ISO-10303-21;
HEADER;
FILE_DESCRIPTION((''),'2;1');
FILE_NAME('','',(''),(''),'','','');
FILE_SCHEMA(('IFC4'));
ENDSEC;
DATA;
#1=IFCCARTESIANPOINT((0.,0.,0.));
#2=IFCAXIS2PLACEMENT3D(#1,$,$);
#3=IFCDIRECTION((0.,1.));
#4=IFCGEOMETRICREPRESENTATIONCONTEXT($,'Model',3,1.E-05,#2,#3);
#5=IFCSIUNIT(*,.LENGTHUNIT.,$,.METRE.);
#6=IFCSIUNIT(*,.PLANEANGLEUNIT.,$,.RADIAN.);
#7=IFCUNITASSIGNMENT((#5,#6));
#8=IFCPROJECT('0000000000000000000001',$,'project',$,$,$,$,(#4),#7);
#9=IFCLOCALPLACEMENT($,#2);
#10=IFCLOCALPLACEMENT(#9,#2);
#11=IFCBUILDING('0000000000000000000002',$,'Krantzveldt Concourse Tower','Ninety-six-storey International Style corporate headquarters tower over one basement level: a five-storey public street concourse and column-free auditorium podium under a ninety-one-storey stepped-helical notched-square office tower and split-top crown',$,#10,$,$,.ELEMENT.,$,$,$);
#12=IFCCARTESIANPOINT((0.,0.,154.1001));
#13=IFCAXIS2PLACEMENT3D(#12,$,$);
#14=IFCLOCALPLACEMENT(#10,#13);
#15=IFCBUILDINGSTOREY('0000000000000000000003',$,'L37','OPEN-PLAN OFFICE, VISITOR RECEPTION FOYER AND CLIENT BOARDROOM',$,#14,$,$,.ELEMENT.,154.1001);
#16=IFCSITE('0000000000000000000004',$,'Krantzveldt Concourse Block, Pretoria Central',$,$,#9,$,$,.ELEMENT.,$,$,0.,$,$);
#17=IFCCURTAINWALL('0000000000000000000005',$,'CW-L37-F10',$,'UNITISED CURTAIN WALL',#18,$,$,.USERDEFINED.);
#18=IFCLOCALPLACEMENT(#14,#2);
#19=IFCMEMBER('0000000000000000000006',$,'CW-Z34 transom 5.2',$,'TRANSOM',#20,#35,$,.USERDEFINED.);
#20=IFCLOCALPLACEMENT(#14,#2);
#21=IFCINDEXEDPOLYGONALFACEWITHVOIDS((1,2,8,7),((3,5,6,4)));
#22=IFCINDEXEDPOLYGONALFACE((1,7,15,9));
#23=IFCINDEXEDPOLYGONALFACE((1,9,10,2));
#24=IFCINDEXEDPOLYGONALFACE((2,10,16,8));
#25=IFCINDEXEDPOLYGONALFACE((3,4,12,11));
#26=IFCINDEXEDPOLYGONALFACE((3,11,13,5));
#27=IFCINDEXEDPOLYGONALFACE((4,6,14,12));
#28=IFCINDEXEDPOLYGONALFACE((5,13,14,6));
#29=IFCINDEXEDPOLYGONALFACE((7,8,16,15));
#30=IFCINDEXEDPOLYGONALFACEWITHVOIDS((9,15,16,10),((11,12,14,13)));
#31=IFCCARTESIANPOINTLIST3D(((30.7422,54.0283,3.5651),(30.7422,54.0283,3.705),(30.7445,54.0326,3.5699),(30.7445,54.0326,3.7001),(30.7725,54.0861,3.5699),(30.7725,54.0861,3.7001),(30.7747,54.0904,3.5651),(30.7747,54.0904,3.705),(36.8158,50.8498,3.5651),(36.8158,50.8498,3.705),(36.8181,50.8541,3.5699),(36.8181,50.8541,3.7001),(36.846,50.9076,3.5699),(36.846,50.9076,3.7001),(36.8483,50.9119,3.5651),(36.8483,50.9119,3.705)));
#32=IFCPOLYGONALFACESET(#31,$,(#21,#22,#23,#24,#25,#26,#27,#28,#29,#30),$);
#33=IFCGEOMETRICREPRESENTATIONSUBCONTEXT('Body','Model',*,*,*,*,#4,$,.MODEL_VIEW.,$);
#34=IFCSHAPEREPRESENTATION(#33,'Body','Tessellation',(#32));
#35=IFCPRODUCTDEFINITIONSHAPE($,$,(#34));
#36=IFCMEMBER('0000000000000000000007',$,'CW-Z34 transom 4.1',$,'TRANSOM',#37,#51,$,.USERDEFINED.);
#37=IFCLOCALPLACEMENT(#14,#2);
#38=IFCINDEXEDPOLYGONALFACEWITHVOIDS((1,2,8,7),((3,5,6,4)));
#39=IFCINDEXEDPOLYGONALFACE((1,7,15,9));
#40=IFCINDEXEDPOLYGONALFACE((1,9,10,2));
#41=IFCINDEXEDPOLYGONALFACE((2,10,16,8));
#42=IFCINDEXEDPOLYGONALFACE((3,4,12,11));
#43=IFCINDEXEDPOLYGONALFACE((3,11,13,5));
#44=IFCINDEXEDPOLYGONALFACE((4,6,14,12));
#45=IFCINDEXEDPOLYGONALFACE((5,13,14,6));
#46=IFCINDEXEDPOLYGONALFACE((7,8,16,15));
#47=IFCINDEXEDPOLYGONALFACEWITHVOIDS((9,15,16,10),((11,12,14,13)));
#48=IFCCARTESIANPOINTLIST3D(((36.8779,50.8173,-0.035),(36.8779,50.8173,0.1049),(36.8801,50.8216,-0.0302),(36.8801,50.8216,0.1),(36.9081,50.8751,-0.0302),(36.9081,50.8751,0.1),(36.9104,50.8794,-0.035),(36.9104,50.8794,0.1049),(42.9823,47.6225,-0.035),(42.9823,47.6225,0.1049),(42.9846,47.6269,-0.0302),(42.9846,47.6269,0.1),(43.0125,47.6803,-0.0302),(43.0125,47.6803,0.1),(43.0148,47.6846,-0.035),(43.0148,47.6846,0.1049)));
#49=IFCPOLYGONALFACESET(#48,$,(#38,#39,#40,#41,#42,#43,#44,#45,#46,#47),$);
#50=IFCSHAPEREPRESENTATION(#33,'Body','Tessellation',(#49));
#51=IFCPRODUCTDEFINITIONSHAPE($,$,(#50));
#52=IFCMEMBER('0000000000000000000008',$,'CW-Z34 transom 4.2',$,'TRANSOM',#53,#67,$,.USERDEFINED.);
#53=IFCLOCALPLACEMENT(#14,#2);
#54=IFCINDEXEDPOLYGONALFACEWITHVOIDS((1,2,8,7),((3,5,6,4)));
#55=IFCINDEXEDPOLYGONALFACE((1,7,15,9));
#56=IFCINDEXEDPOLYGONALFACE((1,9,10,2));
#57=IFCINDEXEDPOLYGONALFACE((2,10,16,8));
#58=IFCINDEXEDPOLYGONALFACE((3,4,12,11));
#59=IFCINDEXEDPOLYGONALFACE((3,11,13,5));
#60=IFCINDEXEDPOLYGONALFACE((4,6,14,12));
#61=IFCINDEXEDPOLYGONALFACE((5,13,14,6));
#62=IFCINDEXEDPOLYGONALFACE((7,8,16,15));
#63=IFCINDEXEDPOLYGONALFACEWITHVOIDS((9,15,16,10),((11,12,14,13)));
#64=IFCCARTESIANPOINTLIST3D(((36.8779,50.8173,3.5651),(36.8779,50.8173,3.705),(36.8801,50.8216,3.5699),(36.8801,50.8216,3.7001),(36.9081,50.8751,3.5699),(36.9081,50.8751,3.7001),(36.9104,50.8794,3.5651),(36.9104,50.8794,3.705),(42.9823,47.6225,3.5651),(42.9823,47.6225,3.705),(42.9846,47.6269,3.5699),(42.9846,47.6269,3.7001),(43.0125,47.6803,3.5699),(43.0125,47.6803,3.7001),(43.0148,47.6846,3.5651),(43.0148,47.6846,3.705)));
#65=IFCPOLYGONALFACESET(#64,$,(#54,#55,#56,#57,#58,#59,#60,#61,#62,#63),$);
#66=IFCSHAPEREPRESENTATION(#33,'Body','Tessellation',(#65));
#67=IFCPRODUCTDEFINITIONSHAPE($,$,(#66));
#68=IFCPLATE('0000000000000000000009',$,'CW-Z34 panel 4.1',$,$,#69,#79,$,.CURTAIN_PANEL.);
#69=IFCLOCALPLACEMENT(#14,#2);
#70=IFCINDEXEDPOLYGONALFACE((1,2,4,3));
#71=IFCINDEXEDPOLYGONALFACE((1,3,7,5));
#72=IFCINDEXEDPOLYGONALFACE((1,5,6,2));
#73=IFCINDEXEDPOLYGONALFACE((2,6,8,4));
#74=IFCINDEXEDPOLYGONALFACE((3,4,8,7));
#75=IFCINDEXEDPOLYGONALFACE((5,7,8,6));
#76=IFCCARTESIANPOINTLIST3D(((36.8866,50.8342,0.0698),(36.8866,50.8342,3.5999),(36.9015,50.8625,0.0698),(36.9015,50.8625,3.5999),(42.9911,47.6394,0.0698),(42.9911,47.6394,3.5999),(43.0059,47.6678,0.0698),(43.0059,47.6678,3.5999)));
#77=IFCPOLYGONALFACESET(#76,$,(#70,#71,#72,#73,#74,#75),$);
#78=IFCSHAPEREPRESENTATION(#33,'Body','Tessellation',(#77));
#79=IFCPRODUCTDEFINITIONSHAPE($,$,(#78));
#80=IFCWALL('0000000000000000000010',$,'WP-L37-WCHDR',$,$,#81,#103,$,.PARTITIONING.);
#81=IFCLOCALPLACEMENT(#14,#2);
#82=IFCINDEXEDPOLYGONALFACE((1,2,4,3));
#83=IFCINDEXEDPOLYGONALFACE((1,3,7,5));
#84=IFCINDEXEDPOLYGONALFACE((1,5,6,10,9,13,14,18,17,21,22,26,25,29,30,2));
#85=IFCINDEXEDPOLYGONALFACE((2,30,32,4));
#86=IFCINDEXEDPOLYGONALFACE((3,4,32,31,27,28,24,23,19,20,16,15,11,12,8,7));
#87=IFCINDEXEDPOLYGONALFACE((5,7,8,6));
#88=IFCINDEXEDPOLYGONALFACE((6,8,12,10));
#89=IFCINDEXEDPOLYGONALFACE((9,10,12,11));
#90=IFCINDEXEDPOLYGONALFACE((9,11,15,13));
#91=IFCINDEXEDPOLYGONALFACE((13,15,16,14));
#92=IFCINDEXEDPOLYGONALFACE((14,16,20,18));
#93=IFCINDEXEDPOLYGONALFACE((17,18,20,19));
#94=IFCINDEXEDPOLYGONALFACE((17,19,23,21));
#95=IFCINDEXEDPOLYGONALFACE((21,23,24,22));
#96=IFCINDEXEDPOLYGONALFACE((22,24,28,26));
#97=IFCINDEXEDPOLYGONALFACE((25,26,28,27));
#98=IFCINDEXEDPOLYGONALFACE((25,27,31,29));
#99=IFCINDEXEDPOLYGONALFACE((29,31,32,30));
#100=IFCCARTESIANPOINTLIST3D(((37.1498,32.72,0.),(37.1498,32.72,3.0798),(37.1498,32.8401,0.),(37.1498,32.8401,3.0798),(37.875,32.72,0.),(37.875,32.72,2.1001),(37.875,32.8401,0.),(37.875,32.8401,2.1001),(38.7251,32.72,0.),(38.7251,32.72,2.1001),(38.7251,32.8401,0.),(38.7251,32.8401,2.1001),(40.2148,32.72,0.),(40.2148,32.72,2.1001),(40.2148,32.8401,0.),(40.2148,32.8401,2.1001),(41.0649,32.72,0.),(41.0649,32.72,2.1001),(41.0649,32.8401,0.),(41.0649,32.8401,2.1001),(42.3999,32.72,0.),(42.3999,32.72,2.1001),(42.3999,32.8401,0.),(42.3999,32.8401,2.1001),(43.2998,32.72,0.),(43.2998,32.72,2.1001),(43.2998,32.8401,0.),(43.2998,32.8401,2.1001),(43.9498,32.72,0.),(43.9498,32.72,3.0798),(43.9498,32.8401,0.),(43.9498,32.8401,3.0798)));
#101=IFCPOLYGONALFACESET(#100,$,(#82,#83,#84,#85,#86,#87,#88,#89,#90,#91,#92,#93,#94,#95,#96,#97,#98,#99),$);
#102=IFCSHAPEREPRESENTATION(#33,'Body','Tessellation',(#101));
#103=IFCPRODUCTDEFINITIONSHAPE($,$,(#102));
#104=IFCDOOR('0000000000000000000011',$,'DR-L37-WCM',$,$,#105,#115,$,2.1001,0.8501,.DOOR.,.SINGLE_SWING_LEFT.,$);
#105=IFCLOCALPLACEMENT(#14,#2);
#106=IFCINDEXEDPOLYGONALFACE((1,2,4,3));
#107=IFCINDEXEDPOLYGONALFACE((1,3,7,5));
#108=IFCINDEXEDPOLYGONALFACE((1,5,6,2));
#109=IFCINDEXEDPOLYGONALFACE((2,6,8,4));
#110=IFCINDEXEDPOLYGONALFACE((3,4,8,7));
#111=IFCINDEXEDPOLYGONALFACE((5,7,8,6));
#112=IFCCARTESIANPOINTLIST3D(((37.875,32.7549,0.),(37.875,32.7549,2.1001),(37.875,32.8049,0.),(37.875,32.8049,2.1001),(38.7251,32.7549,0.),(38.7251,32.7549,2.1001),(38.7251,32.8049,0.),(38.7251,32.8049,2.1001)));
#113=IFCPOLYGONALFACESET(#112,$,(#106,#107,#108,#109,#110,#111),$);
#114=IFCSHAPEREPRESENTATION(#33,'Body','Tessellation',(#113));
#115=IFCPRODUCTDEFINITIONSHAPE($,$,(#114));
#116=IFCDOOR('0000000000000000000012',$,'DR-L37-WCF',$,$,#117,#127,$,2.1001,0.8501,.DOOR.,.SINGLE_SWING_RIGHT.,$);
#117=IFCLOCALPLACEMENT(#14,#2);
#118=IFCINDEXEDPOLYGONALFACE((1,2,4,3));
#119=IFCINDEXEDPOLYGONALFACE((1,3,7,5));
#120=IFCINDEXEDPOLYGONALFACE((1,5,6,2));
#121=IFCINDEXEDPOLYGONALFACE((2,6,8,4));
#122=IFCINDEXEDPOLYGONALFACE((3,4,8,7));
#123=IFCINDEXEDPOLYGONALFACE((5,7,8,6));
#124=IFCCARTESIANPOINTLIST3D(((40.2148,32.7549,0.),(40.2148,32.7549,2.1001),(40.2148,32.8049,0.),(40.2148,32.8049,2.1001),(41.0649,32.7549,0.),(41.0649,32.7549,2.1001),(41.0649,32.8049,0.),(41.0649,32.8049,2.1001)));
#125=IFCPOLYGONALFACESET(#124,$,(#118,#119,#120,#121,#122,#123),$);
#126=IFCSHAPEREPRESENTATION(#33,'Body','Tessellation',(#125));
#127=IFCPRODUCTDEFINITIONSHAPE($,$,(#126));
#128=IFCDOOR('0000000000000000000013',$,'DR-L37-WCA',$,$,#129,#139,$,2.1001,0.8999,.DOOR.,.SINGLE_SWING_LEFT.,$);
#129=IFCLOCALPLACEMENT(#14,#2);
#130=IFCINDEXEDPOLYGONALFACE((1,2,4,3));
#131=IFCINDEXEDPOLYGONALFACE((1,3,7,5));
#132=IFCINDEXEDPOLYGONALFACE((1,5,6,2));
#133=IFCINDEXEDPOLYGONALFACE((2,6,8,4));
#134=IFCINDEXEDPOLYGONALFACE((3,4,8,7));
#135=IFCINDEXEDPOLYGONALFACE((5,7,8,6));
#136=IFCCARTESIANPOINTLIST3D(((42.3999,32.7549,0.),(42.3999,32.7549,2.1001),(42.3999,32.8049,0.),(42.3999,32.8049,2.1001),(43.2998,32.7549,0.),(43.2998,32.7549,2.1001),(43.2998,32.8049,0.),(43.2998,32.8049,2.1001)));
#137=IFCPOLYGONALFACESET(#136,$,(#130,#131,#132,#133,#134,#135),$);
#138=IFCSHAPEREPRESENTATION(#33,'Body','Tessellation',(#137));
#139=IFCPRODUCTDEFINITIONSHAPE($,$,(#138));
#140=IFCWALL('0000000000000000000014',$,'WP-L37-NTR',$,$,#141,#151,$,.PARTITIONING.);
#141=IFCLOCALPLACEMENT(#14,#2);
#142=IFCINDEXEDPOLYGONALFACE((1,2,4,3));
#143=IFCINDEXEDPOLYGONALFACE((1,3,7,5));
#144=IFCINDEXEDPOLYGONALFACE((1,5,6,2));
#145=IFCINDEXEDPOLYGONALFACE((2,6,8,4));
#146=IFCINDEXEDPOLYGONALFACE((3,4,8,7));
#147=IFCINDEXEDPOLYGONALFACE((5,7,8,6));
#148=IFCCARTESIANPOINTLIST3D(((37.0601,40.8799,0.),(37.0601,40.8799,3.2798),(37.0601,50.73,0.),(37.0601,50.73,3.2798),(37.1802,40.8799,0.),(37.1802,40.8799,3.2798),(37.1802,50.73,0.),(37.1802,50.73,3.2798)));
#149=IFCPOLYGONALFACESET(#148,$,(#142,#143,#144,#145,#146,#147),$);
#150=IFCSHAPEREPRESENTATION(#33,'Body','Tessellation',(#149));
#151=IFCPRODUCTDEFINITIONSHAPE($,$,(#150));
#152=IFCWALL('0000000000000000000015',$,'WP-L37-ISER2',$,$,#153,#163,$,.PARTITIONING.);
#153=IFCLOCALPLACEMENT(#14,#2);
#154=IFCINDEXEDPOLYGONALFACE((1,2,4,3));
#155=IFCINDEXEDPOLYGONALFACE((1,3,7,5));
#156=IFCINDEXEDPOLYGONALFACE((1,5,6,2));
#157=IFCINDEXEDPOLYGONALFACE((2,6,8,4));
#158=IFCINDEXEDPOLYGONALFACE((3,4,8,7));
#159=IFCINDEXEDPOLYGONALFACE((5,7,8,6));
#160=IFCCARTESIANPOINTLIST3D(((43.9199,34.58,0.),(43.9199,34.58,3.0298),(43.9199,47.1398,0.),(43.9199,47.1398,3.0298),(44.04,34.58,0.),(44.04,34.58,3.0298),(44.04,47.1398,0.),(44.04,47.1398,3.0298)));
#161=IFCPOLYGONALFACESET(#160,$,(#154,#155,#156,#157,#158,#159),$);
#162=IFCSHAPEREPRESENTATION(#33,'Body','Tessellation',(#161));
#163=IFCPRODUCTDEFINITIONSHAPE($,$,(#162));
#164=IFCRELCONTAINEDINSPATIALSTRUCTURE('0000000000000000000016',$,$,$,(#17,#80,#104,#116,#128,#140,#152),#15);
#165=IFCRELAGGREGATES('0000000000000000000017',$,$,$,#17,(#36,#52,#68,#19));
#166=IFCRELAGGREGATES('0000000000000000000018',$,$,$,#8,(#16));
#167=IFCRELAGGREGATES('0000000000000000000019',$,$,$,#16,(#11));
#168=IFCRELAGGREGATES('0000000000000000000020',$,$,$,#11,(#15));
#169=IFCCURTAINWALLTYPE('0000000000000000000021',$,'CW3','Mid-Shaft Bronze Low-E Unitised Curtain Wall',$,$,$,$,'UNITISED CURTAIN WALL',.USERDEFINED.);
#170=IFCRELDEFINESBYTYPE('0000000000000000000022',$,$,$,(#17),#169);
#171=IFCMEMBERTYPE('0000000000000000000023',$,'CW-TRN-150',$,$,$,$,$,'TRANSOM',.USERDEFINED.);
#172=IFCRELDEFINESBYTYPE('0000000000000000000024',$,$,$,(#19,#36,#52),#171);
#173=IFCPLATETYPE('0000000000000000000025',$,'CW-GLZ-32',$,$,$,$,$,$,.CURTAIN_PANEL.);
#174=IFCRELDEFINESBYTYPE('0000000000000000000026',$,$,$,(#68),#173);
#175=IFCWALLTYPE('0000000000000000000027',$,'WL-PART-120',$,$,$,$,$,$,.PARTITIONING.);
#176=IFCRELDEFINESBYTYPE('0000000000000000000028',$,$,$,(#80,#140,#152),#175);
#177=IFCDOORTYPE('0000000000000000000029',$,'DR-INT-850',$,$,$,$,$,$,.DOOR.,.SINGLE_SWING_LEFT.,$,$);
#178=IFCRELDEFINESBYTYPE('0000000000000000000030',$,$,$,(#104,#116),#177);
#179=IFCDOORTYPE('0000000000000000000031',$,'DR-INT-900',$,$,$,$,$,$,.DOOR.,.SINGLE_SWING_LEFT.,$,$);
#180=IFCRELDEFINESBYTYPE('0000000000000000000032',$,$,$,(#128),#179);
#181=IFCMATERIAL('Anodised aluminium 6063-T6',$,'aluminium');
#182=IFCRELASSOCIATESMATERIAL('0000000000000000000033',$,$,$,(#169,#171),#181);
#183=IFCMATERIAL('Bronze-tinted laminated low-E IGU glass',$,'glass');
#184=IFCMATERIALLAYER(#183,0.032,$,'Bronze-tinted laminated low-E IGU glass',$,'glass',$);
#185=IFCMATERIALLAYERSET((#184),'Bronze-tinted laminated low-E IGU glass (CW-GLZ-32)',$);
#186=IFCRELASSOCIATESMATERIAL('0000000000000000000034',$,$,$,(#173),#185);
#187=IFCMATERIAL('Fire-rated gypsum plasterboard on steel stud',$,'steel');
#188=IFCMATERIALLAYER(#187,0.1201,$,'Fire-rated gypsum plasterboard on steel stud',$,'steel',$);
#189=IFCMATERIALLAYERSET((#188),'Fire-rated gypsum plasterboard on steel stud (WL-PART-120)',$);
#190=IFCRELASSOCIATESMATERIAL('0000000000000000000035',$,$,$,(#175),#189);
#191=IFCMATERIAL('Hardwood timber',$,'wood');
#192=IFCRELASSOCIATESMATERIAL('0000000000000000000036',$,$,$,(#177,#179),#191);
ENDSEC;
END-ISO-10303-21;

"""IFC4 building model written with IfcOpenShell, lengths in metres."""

from ifc_helpers import new_model, si_unit, direction, frame, frame_2d, origin, origin_2d, place, context, subcontext, project, spatial, rectangle, hollow_rectangle, extrude, source, transform, mapped, material, layer, layer_set, material_profile, profile_set, type_object, type_shapes, element, fill, aggregate, save


model = new_model("IFC4")

# Units and contexts
model_context = context("Model", 3, precision=1e-05, world=origin(), true_north=direction((0.0, 1.0)))
body_context = subcontext(model_context, "Body", "Model", "MODEL_VIEW")
ifc_project = project(units=[si_unit("LENGTHUNIT", "METRE"), si_unit("PLANEANGLEUNIT", "RADIAN")], contexts=[model_context])

# Site, building, storey
site_placement = place(None, origin())
site = spatial("IfcSite", under=ifc_project, at=site_placement, Name="Krantzveldt Concourse Block, Pretoria Central", CompositionType="ELEMENT", RefElevation=0.0)
building_placement = place(site_placement, origin())
building = spatial("IfcBuilding", under=site, at=building_placement, Name="Krantzveldt Concourse Tower", Description="Ninety-six-storey International Style corporate headquarters tower over one basement level: a five-storey public street concourse and column-free auditorium podium under a ninety-one-storey stepped-helical notched-square office tower and split-top crown", CompositionType="ELEMENT")
storey_placement = place(building_placement, frame((0.0, 0.0, 154.1001)))
storey = spatial("IfcBuildingStorey", under=building, at=storey_placement, Name="L37", Description="OPEN-PLAN OFFICE, VISITOR RECEPTION FOYER AND CLIENT BOARDROOM", CompositionType="ELEMENT", Elevation=154.1001)

# Curtain wall, members, plate
ifc_material_1 = material(Name="Anodised aluminium 6063-T6", Category="aluminium")
curtain_wall_type = type_object("IfcCurtainWallType", Name="CW3", Description="Mid-Shaft Bronze Low-E Unitised Curtain Wall", ElementType="UNITISED CURTAIN WALL", PredefinedType="USERDEFINED", material=ifc_material_1)
curtain_wall_placement = place(storey_placement, origin())
curtain_wall = element("IfcCurtainWall", 1, at=curtain_wall_placement, inside=storey, type_object=curtain_wall_type, Name="CW-L37-F10", ObjectType="UNITISED CURTAIN WALL", PredefinedType="USERDEFINED")
ifc_material_profile_1 = material_profile(ifc_material_1, hollow_rectangle(XDim=0.0701, YDim=0.1399, WallThickness=0.0049, at=origin_2d()), Name="Anodised aluminium 6063-T6", Category="aluminium")
ifc_profile_set_1 = profile_set([ifc_material_profile_1], Name="Anodised aluminium 6063-T6 - ALU-TRAN 140x70x5")
member_type_1 = type_object("IfcMemberType", Name="CW-TRN-150", ElementType="TRANSOM", PredefinedType="USERDEFINED", material=ifc_profile_set_1)
shared_shape_1 = source(origin(), body_context, "Body", "SweptSolid", [
    extrude(hollow_rectangle(XDim=0.0701, YDim=0.1399, WallThickness=0.0049, at=origin_2d()), origin(), (0.0, 0.0, 1.0), 6.855),
])
member_1_placement = place(storey_placement, frame((36.832, 50.8809, 3.635), z_axis=(-0.886004, 0.463677, 0.0), x_axis=(-0.463677, -0.886004, 0.0)))
member_1 = element("IfcMember", 2, at=member_1_placement, type_object=member_type_1, Name="CW-Z34 transom 5.2", ObjectType="TRANSOM", PredefinedType="USERDEFINED", context=body_context, shape_type="MappedRepresentation", body=[
    mapped(shared_shape_1, transform((0.0, 0.0, 0.0), x_axis=(1.0, 0.0, 0.0), y_axis=(0.0, 1.0, 0.0), z_axis=(0.0, 0.0, 1.0), scale=1.0)),
])
shared_shape_2 = source(origin(), body_context, "Body", "SweptSolid", [
    extrude(hollow_rectangle(XDim=0.0701, YDim=0.1399, WallThickness=0.0049, at=origin_2d()), origin(), (0.0, 0.0, 1.0), 6.8899),
])
type_shapes(member_type_1, [shared_shape_1, shared_shape_2])
member_2_placement = place(storey_placement, frame((42.9985, 47.6536, 0.0349), z_axis=(-0.885997, 0.463692, 0.0), x_axis=(-0.463692, -0.885997, 0.0)))
member_2 = element("IfcMember", 3, at=member_2_placement, type_object=member_type_1, Name="CW-Z34 transom 4.1", ObjectType="TRANSOM", PredefinedType="USERDEFINED", context=body_context, shape_type="MappedRepresentation", body=[
    mapped(shared_shape_2, transform((0.0, 0.0, 0.0), x_axis=(1.0, 0.0, 0.0), y_axis=(0.0, 1.0, 0.0), z_axis=(0.0, 0.0, 1.0), scale=1.0)),
])
member_3_placement = place(storey_placement, frame((42.9985, 47.6536, 3.635), z_axis=(-0.885997, 0.463692, 0.0), x_axis=(-0.463692, -0.885997, 0.0)))
member_3 = element("IfcMember", 4, at=member_3_placement, type_object=member_type_1, Name="CW-Z34 transom 4.2", ObjectType="TRANSOM", PredefinedType="USERDEFINED", context=body_context, shape_type="MappedRepresentation", body=[
    mapped(shared_shape_2, transform((0.0, 0.0, 0.0), x_axis=(1.0, 0.0, 0.0), y_axis=(0.0, 1.0, 0.0), z_axis=(0.0, 0.0, 1.0), scale=1.0)),
])
ifc_material_2 = material(Name="Bronze-tinted laminated low-E IGU glass", Category="glass")
ifc_layer_1 = layer(ifc_material_2, 0.032, Name="Bronze-tinted laminated low-E IGU glass", Category="glass")
ifc_layer_set_1 = layer_set([ifc_layer_1], Name="Bronze-tinted laminated low-E IGU glass (CW-GLZ-32)")
plate_type = type_object("IfcPlateType", Name="CW-GLZ-32", PredefinedType="CURTAIN_PANEL", material=ifc_layer_set_1)
shared_shape_3 = source(origin(), body_context, "Body", "SweptSolid", [
    extrude(rectangle(XDim=6.8899, YDim=0.032, at=origin_2d()), origin(), (0.0, 0.0, 1.0), 3.53),
])
type_shapes(plate_type, [shared_shape_3])
plate_placement = place(storey_placement, frame((39.9463, 49.251, 0.0698), z_axis=(0.0, 0.0, 1.0), x_axis=(-0.886001, 0.463683, 0.0)))
plate = element("IfcPlate", 5, at=plate_placement, type_object=plate_type, Name="CW-Z34 panel 4.1", PredefinedType="CURTAIN_PANEL", context=body_context, shape_type="MappedRepresentation", body=[
    mapped(shared_shape_3, transform((0.0, 0.0, 0.0), x_axis=(1.0, 0.0, 0.0), y_axis=(0.0, 1.0, 0.0), z_axis=(0.0, 0.0, 1.0), scale=1.0)),
])
aggregate(curtain_wall, [member_2, member_3, plate, member_1])

# Wall, openings, doors
ifc_material_3 = material(Name="Fire-rated gypsum plasterboard on steel stud", Category="steel")
ifc_layer_2 = layer(ifc_material_3, 0.1201, Name="Fire-rated gypsum plasterboard on steel stud", Category="steel")
ifc_layer_set_2 = layer_set([ifc_layer_2], Name="Fire-rated gypsum plasterboard on steel stud (WL-PART-120)")
wall_type_1 = type_object("IfcWallType", Name="WL-PART-120", PredefinedType="PARTITIONING", material=ifc_layer_set_2)
wall_1_placement = place(storey_placement, frame((37.1499, 32.78, 0.0), z_axis=(0.0, 0.0, 1.0), x_axis=(1.0, 0.0, 0.0)))
wall_1 = element("IfcWall", 6, at=wall_1_placement, inside=storey, type_object=wall_type_1, Name="WP-L37-WCHDR", PredefinedType="PARTITIONING", context=body_context, shape_type="SweptSolid", body=[
    extrude(rectangle(XDim=6.8, YDim=0.1201, at=frame_2d((3.3999, 0.0))), origin(), (0.0, 0.0, 1.0), 3.0798),
])
opening_1_placement = place(wall_1_placement, frame((0.7251, 0.0, 0.0)))
opening_1 = element("IfcOpeningElement", 7, at=opening_1_placement, cuts=wall_1, PredefinedType="OPENING", context=body_context, shape_type="SweptSolid", body=[
    extrude(rectangle(XDim=0.8501, YDim=2.1001, at=frame_2d((0.425, 1.05))), frame((0.0, 0.0701, 0.0), z_axis=(0.0, -1.0, 0.0), x_axis=(1.0, 0.0, 0.0)), (0.0, 0.0, 1.0), 0.1401),
])
opening_2_placement = place(wall_1_placement, frame((3.0649, 0.0, 0.0)))
opening_2 = element("IfcOpeningElement", 8, at=opening_2_placement, cuts=wall_1, PredefinedType="OPENING", context=body_context, shape_type="SweptSolid", body=[
    extrude(rectangle(XDim=0.8501, YDim=2.1001, at=frame_2d((0.425, 1.05))), frame((0.0, 0.0701, 0.0), z_axis=(0.0, -1.0, 0.0), x_axis=(1.0, 0.0, 0.0)), (0.0, 0.0, 1.0), 0.1401),
])
opening_3_placement = place(wall_1_placement, frame((5.25, 0.0, 0.0)))
opening_3 = element("IfcOpeningElement", 9, at=opening_3_placement, cuts=wall_1, PredefinedType="OPENING", context=body_context, shape_type="SweptSolid", body=[
    extrude(rectangle(XDim=0.8999, YDim=2.1001, at=frame_2d((0.45, 1.05))), frame((0.0, 0.0701, 0.0), z_axis=(0.0, -1.0, 0.0), x_axis=(1.0, 0.0, 0.0)), (0.0, 0.0, 1.0), 0.1401),
])
ifc_material_4 = material(Name="Hardwood timber", Category="wood")
door_type_1 = type_object("IfcDoorType", Name="DR-INT-850", OperationType="SINGLE_SWING_LEFT", PredefinedType="DOOR", material=ifc_material_4)
door_1_placement = place(opening_1_placement, origin())
door_1 = element("IfcDoor", 10, at=door_1_placement, inside=storey, type_object=door_type_1, Name="DR-L37-WCM", OperationType="SINGLE_SWING_LEFT", OverallHeight=2.1001, OverallWidth=0.8501, PredefinedType="DOOR", context=body_context, shape_type="SweptSolid", body=[
    extrude(rectangle(XDim=0.8501, YDim=2.1001, at=frame_2d((0.425, 1.05))), frame((0.0, 0.0249, 0.0), z_axis=(0.0, -1.0, 0.0), x_axis=(1.0, 0.0, 0.0)), (0.0, 0.0, 1.0), 0.05),
])
fill(opening_1, door_1)
door_2_placement = place(opening_2_placement, origin())
door_2 = element("IfcDoor", 11, at=door_2_placement, inside=storey, type_object=door_type_1, Name="DR-L37-WCF", OperationType="SINGLE_SWING_RIGHT", OverallHeight=2.1001, OverallWidth=0.8501, PredefinedType="DOOR", context=body_context, shape_type="SweptSolid", body=[
    extrude(rectangle(XDim=0.8501, YDim=2.1001, at=frame_2d((0.425, 1.05))), frame((0.0, 0.0249, 0.0), z_axis=(0.0, -1.0, 0.0), x_axis=(1.0, 0.0, 0.0)), (0.0, 0.0, 1.0), 0.05),
])
fill(opening_2, door_2)
door_type_2 = type_object("IfcDoorType", Name="DR-INT-900", OperationType="SINGLE_SWING_LEFT", PredefinedType="DOOR", material=ifc_material_4)
door_3_placement = place(opening_3_placement, origin())
door_3 = element("IfcDoor", 12, at=door_3_placement, inside=storey, type_object=door_type_2, Name="DR-L37-WCA", OperationType="SINGLE_SWING_LEFT", OverallHeight=2.1001, OverallWidth=0.8999, PredefinedType="DOOR", context=body_context, shape_type="SweptSolid", body=[
    extrude(rectangle(XDim=0.8999, YDim=2.1001, at=frame_2d((0.45, 1.05))), frame((0.0, 0.0249, 0.0), z_axis=(0.0, -1.0, 0.0), x_axis=(1.0, 0.0, 0.0)), (0.0, 0.0, 1.0), 0.05),
])
fill(opening_3, door_3)

# Walls
wall_2_placement = place(storey_placement, frame((37.1201, 40.8799, 0.0), z_axis=(0.0, 0.0, 1.0), x_axis=(0.0, 1.0, 0.0)))
element("IfcWall", 13, at=wall_2_placement, inside=storey, type_object=wall_type_1, Name="WP-L37-NTR", PredefinedType="PARTITIONING", context=body_context, shape_type="SweptSolid", body=[
    extrude(rectangle(XDim=9.8501, YDim=0.1201, at=frame_2d((4.925, 0.0))), origin(), (0.0, 0.0, 1.0), 3.2798),
])
wall_3_placement = place(storey_placement, frame((43.98, 34.5801, 0.0), z_axis=(0.0, 0.0, 1.0), x_axis=(0.0, 1.0, 0.0)))
element("IfcWall", 14, at=wall_3_placement, inside=storey, type_object=wall_type_1, Name="WP-L37-ISER2", PredefinedType="PARTITIONING", context=body_context, shape_type="SweptSolid", body=[
    extrude(rectangle(XDim=12.5598, YDim=0.1201, at=frame_2d((6.2798, 0.0))), origin(), (0.0, 0.0, 1.0), 3.0298),
])

save(model, "model.ifc")
